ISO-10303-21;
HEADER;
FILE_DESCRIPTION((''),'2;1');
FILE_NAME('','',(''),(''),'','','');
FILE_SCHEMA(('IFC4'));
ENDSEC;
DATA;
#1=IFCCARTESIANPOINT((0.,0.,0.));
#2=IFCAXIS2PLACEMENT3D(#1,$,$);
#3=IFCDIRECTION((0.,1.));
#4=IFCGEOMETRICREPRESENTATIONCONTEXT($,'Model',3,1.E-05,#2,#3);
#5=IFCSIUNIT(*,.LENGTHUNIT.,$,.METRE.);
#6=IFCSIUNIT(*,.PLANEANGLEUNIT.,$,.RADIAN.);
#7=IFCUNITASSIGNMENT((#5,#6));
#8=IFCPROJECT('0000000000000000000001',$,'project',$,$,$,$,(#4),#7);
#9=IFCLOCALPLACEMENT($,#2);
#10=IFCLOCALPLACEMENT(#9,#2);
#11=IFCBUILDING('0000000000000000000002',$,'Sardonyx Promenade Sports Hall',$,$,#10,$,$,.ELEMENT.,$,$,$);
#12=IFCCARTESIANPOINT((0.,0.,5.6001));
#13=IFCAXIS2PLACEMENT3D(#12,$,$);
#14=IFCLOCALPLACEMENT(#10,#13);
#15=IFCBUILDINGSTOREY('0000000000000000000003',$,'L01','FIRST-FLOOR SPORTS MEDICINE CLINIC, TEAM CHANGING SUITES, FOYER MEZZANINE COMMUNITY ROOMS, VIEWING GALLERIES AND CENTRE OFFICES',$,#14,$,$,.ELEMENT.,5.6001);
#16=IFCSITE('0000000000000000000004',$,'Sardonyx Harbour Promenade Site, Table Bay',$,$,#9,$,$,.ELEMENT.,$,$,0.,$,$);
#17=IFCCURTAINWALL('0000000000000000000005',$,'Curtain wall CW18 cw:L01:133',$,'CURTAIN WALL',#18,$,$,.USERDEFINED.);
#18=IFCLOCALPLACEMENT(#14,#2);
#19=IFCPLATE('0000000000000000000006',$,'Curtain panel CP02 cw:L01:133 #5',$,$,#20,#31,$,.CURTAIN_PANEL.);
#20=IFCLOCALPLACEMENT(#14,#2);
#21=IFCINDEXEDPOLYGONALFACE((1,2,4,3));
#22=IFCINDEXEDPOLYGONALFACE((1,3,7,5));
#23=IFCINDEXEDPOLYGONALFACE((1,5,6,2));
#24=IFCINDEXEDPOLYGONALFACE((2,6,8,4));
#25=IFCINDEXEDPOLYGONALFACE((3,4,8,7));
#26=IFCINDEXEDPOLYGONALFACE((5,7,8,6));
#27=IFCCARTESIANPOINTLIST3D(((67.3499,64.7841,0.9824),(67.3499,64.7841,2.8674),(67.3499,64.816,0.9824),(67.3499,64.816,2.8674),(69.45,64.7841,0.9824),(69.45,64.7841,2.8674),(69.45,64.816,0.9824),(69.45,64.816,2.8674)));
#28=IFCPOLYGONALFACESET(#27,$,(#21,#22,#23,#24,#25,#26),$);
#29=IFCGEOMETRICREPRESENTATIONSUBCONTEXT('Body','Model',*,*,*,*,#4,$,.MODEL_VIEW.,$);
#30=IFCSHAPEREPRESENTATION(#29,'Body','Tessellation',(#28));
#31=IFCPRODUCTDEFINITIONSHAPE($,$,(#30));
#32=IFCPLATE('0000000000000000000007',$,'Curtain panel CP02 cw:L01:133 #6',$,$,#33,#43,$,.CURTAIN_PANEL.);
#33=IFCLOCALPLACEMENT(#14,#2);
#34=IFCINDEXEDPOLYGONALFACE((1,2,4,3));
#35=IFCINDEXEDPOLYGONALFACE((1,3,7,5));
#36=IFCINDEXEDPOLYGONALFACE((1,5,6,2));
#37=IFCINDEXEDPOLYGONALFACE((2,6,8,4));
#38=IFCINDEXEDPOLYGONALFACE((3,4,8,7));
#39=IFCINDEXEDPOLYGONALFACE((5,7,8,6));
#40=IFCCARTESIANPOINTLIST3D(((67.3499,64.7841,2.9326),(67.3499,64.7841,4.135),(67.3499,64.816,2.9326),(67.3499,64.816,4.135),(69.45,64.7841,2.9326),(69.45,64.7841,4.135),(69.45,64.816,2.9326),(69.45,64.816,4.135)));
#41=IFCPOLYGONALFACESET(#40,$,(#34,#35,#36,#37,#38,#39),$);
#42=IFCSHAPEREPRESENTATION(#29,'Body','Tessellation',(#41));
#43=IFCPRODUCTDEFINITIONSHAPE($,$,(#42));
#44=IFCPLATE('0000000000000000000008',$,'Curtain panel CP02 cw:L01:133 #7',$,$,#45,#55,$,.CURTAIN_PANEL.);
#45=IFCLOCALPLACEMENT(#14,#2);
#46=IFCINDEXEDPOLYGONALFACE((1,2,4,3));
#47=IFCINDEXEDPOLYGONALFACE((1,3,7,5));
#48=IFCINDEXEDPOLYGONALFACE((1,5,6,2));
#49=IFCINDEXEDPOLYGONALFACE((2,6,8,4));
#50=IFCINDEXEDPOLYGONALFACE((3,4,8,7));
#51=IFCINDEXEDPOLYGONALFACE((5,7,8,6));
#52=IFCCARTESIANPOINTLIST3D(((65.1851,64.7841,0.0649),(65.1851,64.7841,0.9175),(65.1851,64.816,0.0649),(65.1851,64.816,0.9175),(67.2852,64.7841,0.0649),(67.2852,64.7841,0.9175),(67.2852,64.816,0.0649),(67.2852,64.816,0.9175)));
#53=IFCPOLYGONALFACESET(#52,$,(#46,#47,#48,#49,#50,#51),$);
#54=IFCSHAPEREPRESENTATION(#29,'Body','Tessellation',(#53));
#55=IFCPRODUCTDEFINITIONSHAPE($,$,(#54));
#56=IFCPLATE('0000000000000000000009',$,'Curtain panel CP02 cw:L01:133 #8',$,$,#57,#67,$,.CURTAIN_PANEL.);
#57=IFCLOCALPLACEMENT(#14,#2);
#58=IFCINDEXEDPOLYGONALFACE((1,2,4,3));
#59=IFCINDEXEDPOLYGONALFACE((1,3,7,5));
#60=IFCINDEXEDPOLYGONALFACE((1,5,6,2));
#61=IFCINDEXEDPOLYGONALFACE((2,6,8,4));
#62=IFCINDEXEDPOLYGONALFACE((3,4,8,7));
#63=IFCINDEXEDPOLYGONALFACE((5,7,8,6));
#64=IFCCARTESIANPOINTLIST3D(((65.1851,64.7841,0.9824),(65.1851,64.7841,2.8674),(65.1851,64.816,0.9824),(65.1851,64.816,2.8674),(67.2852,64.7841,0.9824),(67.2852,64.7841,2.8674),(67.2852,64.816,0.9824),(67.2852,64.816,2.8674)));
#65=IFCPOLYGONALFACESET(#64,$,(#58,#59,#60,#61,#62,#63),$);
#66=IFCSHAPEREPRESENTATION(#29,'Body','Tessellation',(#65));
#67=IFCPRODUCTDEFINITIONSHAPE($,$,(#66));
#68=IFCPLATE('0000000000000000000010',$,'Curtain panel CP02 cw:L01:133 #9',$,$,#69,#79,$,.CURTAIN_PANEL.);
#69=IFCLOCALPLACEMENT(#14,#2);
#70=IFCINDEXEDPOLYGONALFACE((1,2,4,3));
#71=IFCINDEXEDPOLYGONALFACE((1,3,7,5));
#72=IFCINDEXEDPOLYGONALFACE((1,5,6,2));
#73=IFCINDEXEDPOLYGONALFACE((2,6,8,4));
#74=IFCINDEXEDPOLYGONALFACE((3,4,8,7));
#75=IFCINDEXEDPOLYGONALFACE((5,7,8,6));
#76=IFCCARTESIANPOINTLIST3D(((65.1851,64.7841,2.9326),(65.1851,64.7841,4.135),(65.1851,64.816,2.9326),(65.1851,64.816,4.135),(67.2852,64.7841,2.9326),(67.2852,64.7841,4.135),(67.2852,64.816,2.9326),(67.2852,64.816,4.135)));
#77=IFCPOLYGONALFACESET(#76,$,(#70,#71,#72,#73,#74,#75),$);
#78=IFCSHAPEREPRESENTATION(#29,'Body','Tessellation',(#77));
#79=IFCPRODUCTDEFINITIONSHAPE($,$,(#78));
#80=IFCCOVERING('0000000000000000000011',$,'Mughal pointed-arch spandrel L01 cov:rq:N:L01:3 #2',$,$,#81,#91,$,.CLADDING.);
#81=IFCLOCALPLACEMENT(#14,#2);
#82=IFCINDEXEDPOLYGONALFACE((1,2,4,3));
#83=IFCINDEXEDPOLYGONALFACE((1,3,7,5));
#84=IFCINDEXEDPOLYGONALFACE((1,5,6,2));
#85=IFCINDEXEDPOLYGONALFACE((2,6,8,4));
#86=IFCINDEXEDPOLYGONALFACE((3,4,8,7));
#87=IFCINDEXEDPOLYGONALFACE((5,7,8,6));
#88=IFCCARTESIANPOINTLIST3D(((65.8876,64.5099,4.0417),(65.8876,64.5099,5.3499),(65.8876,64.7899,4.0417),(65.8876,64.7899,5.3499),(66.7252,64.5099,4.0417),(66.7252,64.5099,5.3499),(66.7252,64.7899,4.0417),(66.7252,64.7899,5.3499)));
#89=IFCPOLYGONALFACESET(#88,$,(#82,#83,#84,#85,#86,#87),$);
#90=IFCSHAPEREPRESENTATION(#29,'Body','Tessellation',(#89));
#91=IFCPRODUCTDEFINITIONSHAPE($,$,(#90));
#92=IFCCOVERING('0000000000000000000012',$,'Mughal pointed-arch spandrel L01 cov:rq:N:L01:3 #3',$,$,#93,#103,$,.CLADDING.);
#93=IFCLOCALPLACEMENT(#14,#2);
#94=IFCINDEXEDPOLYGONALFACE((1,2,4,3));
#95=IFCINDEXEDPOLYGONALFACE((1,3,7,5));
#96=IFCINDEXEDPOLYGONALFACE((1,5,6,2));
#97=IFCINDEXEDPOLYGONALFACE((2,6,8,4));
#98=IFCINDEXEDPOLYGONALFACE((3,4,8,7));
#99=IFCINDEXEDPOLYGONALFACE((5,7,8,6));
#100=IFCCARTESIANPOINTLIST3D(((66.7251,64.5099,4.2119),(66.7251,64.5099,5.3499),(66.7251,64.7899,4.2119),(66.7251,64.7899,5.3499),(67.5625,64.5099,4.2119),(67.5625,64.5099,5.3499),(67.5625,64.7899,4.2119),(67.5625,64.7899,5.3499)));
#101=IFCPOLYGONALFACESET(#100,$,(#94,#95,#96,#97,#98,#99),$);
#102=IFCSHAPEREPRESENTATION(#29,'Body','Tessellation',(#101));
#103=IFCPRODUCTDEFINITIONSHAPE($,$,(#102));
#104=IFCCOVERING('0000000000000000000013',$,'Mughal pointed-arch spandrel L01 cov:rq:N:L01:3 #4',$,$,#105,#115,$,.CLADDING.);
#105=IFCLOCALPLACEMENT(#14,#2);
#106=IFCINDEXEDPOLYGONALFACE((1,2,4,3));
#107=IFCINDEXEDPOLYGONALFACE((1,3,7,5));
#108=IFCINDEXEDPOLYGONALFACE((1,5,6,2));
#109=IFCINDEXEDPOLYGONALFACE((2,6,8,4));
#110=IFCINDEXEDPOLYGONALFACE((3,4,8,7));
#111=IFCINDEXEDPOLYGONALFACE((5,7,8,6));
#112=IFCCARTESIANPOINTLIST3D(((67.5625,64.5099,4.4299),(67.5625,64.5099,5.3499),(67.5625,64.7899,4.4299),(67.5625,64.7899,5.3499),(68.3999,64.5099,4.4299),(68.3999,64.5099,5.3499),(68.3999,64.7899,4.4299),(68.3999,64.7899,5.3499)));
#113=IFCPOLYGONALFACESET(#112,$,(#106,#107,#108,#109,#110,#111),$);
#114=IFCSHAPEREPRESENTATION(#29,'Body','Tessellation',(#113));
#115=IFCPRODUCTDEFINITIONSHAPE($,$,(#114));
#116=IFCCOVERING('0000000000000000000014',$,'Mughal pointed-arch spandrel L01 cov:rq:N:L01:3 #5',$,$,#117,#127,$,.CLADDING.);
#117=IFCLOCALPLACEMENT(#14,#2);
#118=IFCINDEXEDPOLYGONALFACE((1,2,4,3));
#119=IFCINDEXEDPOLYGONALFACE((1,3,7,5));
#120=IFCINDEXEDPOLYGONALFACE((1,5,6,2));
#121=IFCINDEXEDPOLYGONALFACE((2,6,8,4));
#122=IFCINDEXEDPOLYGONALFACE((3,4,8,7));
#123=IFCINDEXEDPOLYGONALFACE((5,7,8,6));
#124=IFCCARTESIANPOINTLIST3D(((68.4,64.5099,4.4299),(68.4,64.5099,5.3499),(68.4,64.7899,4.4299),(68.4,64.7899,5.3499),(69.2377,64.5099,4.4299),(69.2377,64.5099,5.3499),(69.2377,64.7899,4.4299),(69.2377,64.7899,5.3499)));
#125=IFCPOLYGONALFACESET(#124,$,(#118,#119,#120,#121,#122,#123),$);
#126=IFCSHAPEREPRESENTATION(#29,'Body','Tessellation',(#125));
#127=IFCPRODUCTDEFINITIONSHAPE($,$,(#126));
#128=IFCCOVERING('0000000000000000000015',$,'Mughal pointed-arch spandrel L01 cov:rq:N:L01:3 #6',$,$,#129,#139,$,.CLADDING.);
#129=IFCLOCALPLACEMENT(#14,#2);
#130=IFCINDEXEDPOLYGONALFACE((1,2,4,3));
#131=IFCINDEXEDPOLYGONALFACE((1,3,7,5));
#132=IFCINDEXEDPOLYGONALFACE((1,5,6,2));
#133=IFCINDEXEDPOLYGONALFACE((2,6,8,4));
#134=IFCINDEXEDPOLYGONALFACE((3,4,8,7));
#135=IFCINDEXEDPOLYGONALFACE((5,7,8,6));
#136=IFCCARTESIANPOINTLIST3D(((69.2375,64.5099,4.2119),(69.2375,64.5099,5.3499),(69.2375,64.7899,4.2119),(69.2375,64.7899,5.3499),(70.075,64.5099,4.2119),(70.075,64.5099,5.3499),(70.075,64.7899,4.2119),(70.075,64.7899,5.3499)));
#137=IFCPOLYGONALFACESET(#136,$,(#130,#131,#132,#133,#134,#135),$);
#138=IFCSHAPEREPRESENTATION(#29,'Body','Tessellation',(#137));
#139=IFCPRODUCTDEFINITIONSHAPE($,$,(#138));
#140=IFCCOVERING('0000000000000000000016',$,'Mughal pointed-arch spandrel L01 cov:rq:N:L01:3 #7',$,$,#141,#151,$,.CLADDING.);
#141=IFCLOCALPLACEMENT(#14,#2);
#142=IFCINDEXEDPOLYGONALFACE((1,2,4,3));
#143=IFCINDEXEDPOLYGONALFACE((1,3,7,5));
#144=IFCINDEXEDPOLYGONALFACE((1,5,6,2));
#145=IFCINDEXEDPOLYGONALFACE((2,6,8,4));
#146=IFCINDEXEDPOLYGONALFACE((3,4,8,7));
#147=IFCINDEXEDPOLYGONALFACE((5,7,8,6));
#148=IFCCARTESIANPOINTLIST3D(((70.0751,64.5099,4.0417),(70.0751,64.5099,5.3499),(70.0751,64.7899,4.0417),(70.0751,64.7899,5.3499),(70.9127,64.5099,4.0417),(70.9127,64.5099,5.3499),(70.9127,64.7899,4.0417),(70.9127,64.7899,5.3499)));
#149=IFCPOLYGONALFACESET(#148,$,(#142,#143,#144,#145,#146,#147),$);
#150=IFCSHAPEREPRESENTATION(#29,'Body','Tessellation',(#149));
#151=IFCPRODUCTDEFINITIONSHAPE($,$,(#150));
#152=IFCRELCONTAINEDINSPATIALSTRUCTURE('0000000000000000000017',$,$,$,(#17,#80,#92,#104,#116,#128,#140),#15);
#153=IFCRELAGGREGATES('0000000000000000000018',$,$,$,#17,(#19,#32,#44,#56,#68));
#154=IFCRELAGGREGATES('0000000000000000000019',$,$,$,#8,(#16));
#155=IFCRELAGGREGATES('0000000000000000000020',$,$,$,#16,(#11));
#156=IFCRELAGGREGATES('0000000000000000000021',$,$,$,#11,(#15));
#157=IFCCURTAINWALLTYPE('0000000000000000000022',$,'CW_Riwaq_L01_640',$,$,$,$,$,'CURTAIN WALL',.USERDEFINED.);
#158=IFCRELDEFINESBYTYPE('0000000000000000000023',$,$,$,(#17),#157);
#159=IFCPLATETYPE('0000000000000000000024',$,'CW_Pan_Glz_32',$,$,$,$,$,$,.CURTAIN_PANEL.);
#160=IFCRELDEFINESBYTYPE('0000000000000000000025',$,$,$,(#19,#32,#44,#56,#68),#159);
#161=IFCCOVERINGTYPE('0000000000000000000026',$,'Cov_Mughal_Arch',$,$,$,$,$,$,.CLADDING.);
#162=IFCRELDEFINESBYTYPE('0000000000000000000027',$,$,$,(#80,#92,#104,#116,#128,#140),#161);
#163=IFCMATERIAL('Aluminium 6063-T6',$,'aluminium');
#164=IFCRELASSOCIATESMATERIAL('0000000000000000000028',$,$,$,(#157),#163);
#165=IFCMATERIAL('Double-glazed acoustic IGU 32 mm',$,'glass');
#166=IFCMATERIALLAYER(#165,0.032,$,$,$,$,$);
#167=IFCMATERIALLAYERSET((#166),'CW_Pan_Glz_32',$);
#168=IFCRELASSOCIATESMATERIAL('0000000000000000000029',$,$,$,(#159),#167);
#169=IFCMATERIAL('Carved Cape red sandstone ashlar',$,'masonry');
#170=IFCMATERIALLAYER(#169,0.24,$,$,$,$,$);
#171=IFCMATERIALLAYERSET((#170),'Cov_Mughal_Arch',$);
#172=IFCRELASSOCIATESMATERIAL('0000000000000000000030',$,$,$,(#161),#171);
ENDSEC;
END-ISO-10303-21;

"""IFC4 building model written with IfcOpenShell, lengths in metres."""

from ifc_helpers import new_model, si_unit, direction, frame, frame_2d, origin, origin_2d, place, context, subcontext, project, spatial, rectangle, extrude, material, layer, layer_set, type_object, element, aggregate, save


model = new_model("IFC4")

# Units and contexts
model_context = context("Model", 3, precision=1e-05, world=origin(), true_north=direction((0.0, 1.0)))
body_context = subcontext(model_context, "Body", "Model", "MODEL_VIEW")
ifc_project = project(units=[si_unit("LENGTHUNIT", "METRE"), si_unit("PLANEANGLEUNIT", "RADIAN")], contexts=[model_context])

# Site, building, storey
site_placement = place(None, origin())
site = spatial("IfcSite", under=ifc_project, at=site_placement, Name="Sardonyx Harbour Promenade Site, Table Bay", CompositionType="ELEMENT", RefElevation=0.0)
building_placement = place(site_placement, origin())
building = spatial("IfcBuilding", under=site, at=building_placement, Name="Sardonyx Promenade Sports Hall", CompositionType="ELEMENT")
storey_placement = place(building_placement, frame((0.0, 0.0, 5.6001)))
storey = spatial("IfcBuildingStorey", under=building, at=storey_placement, Name="L01", Description="FIRST-FLOOR SPORTS MEDICINE CLINIC, TEAM CHANGING SUITES, FOYER MEZZANINE COMMUNITY ROOMS, VIEWING GALLERIES AND CENTRE OFFICES", CompositionType="ELEMENT", Elevation=5.6001)

# Curtain wall, plates
ifc_material_1 = material(Name="Aluminium 6063-T6", Category="aluminium")
curtain_wall_type = type_object("IfcCurtainWallType", Name="CW_Riwaq_L01_640", ElementType="CURTAIN WALL", PredefinedType="USERDEFINED", material=ifc_material_1)
curtain_wall_placement = place(storey_placement, origin())
curtain_wall = element("IfcCurtainWall", 1, at=curtain_wall_placement, inside=storey, type_object=curtain_wall_type, Name="Curtain wall CW18 cw:L01:133", ObjectType="CURTAIN WALL", PredefinedType="USERDEFINED")
ifc_material_2 = material(Name="Double-glazed acoustic IGU 32 mm", Category="glass")
ifc_layer_1 = layer(ifc_material_2, 0.032)
ifc_layer_set_1 = layer_set([ifc_layer_1], Name="CW_Pan_Glz_32")
plate_type = type_object("IfcPlateType", Name="CW_Pan_Glz_32", PredefinedType="CURTAIN_PANEL", material=ifc_layer_set_1)
plate_1_placement = place(storey_placement, frame((68.3999, 64.8, 0.9824), z_axis=(0.0, 0.0, 1.0), x_axis=(-1.0, 0.0, 0.0)))
plate_1 = element("IfcPlate", 2, at=plate_1_placement, type_object=plate_type, Name="Curtain panel CP02 cw:L01:133 #5", PredefinedType="CURTAIN_PANEL", context=body_context, shape_type="SweptSolid", body=[
    extrude(rectangle(XDim=2.1001, YDim=0.032, at=origin_2d()), origin(), (0.0, 0.0, 1.0), 1.885),
])
plate_2_placement = place(storey_placement, frame((68.3999, 64.8, 2.9326), z_axis=(0.0, 0.0, 1.0), x_axis=(-1.0, 0.0, 0.0)))
plate_2 = element("IfcPlate", 3, at=plate_2_placement, type_object=plate_type, Name="Curtain panel CP02 cw:L01:133 #6", PredefinedType="CURTAIN_PANEL", context=body_context, shape_type="SweptSolid", body=[
    extrude(rectangle(XDim=2.1001, YDim=0.032, at=origin_2d()), origin(), (0.0, 0.0, 1.0), 1.2024),
])
plate_3_placement = place(storey_placement, frame((66.2351, 64.8, 0.0649), z_axis=(0.0, 0.0, 1.0), x_axis=(-1.0, 0.0, 0.0)))
plate_3 = element("IfcPlate", 4, at=plate_3_placement, type_object=plate_type, Name="Curtain panel CP02 cw:L01:133 #7", PredefinedType="CURTAIN_PANEL", context=body_context, shape_type="SweptSolid", body=[
    extrude(rectangle(XDim=2.1001, YDim=0.032, at=origin_2d()), origin(), (0.0, 0.0, 1.0), 0.8525),
])
plate_4_placement = place(storey_placement, frame((66.2351, 64.8, 0.9824), z_axis=(0.0, 0.0, 1.0), x_axis=(-1.0, 0.0, 0.0)))
plate_4 = element("IfcPlate", 5, at=plate_4_placement, type_object=plate_type, Name="Curtain panel CP02 cw:L01:133 #8", PredefinedType="CURTAIN_PANEL", context=body_context, shape_type="SweptSolid", body=[
    extrude(rectangle(XDim=2.1001, YDim=0.032, at=origin_2d()), origin(), (0.0, 0.0, 1.0), 1.885),
])
plate_5_placement = place(storey_placement, frame((66.2351, 64.8, 2.9326), z_axis=(0.0, 0.0, 1.0), x_axis=(-1.0, 0.0, 0.0)))
plate_5 = element("IfcPlate", 6, at=plate_5_placement, type_object=plate_type, Name="Curtain panel CP02 cw:L01:133 #9", PredefinedType="CURTAIN_PANEL", context=body_context, shape_type="SweptSolid", body=[
    extrude(rectangle(XDim=2.1001, YDim=0.032, at=origin_2d()), origin(), (0.0, 0.0, 1.0), 1.2024),
])
aggregate(curtain_wall, [plate_1, plate_2, plate_3, plate_4, plate_5])

# Coverings
ifc_material_3 = material(Name="Carved Cape red sandstone ashlar", Category="masonry")
ifc_layer_2 = layer(ifc_material_3, 0.24)
ifc_layer_set_2 = layer_set([ifc_layer_2], Name="Cov_Mughal_Arch")
covering_type = type_object("IfcCoveringType", Name="Cov_Mughal_Arch", PredefinedType="CLADDING", material=ifc_layer_set_2)
covering_1_placement = place(storey_placement, frame((65.8875, 64.6499, 4.0417), z_axis=(0.0, 0.0, 1.0), x_axis=(1.0, 0.0, 0.0)))
element("IfcCovering", 7, at=covering_1_placement, inside=storey, type_object=covering_type, Name="Mughal pointed-arch spandrel L01 cov:rq:N:L01:3 #2", PredefinedType="CLADDING", context=body_context, shape_type="SweptSolid", body=[
    extrude(rectangle(XDim=0.8376, YDim=0.28, at=frame_2d((0.4189, 0.0))), origin(), (0.0, 0.0, 1.0), 1.3081),
])
covering_2_placement = place(storey_placement, frame((66.7251, 64.6499, 4.2119), z_axis=(0.0, 0.0, 1.0), x_axis=(1.0, 0.0, 0.0)))
element("IfcCovering", 8, at=covering_2_placement, inside=storey, type_object=covering_type, Name="Mughal pointed-arch spandrel L01 cov:rq:N:L01:3 #3", PredefinedType="CLADDING", context=body_context, shape_type="SweptSolid", body=[
    extrude(rectangle(XDim=0.8374, YDim=0.28, at=frame_2d((0.4187, 0.0))), origin(), (0.0, 0.0, 1.0), 1.1379),
])
covering_3_placement = place(storey_placement, frame((67.5625, 64.6499, 4.4299), z_axis=(0.0, 0.0, 1.0), x_axis=(1.0, 0.0, 0.0)))
element("IfcCovering", 9, at=covering_3_placement, inside=storey, type_object=covering_type, Name="Mughal pointed-arch spandrel L01 cov:rq:N:L01:3 #4", PredefinedType="CLADDING", context=body_context, shape_type="SweptSolid", body=[
    extrude(rectangle(XDim=0.8374, YDim=0.28, at=frame_2d((0.4187, 0.0))), origin(), (0.0, 0.0, 1.0), 0.9199),
])
covering_4_placement = place(storey_placement, frame((68.3999, 64.6499, 4.4299), z_axis=(0.0, 0.0, 1.0), x_axis=(1.0, 0.0, 0.0)))
element("IfcCovering", 10, at=covering_4_placement, inside=storey, type_object=covering_type, Name="Mughal pointed-arch spandrel L01 cov:rq:N:L01:3 #5", PredefinedType="CLADDING", context=body_context, shape_type="SweptSolid", body=[
    extrude(rectangle(XDim=0.8376, YDim=0.28, at=frame_2d((0.4189, 0.0))), origin(), (0.0, 0.0, 1.0), 0.9199),
])
covering_5_placement = place(storey_placement, frame((69.2375, 64.6499, 4.2119), z_axis=(0.0, 0.0, 1.0), x_axis=(1.0, 0.0, 0.0)))
element("IfcCovering", 11, at=covering_5_placement, inside=storey, type_object=covering_type, Name="Mughal pointed-arch spandrel L01 cov:rq:N:L01:3 #6", PredefinedType="CLADDING", context=body_context, shape_type="SweptSolid", body=[
    extrude(rectangle(XDim=0.8374, YDim=0.28, at=frame_2d((0.4187, 0.0))), origin(), (0.0, 0.0, 1.0), 1.1379),
])
covering_6_placement = place(storey_placement, frame((70.075, 64.6499, 4.0417), z_axis=(0.0, 0.0, 1.0), x_axis=(1.0, 0.0, 0.0)))
element("IfcCovering", 12, at=covering_6_placement, inside=storey, type_object=covering_type, Name="Mughal pointed-arch spandrel L01 cov:rq:N:L01:3 #7", PredefinedType="CLADDING", context=body_context, shape_type="SweptSolid", body=[
    extrude(rectangle(XDim=0.8376, YDim=0.28, at=frame_2d((0.4189, 0.0))), origin(), (0.0, 0.0, 1.0), 1.3081),
])

save(model, "model.ifc")
